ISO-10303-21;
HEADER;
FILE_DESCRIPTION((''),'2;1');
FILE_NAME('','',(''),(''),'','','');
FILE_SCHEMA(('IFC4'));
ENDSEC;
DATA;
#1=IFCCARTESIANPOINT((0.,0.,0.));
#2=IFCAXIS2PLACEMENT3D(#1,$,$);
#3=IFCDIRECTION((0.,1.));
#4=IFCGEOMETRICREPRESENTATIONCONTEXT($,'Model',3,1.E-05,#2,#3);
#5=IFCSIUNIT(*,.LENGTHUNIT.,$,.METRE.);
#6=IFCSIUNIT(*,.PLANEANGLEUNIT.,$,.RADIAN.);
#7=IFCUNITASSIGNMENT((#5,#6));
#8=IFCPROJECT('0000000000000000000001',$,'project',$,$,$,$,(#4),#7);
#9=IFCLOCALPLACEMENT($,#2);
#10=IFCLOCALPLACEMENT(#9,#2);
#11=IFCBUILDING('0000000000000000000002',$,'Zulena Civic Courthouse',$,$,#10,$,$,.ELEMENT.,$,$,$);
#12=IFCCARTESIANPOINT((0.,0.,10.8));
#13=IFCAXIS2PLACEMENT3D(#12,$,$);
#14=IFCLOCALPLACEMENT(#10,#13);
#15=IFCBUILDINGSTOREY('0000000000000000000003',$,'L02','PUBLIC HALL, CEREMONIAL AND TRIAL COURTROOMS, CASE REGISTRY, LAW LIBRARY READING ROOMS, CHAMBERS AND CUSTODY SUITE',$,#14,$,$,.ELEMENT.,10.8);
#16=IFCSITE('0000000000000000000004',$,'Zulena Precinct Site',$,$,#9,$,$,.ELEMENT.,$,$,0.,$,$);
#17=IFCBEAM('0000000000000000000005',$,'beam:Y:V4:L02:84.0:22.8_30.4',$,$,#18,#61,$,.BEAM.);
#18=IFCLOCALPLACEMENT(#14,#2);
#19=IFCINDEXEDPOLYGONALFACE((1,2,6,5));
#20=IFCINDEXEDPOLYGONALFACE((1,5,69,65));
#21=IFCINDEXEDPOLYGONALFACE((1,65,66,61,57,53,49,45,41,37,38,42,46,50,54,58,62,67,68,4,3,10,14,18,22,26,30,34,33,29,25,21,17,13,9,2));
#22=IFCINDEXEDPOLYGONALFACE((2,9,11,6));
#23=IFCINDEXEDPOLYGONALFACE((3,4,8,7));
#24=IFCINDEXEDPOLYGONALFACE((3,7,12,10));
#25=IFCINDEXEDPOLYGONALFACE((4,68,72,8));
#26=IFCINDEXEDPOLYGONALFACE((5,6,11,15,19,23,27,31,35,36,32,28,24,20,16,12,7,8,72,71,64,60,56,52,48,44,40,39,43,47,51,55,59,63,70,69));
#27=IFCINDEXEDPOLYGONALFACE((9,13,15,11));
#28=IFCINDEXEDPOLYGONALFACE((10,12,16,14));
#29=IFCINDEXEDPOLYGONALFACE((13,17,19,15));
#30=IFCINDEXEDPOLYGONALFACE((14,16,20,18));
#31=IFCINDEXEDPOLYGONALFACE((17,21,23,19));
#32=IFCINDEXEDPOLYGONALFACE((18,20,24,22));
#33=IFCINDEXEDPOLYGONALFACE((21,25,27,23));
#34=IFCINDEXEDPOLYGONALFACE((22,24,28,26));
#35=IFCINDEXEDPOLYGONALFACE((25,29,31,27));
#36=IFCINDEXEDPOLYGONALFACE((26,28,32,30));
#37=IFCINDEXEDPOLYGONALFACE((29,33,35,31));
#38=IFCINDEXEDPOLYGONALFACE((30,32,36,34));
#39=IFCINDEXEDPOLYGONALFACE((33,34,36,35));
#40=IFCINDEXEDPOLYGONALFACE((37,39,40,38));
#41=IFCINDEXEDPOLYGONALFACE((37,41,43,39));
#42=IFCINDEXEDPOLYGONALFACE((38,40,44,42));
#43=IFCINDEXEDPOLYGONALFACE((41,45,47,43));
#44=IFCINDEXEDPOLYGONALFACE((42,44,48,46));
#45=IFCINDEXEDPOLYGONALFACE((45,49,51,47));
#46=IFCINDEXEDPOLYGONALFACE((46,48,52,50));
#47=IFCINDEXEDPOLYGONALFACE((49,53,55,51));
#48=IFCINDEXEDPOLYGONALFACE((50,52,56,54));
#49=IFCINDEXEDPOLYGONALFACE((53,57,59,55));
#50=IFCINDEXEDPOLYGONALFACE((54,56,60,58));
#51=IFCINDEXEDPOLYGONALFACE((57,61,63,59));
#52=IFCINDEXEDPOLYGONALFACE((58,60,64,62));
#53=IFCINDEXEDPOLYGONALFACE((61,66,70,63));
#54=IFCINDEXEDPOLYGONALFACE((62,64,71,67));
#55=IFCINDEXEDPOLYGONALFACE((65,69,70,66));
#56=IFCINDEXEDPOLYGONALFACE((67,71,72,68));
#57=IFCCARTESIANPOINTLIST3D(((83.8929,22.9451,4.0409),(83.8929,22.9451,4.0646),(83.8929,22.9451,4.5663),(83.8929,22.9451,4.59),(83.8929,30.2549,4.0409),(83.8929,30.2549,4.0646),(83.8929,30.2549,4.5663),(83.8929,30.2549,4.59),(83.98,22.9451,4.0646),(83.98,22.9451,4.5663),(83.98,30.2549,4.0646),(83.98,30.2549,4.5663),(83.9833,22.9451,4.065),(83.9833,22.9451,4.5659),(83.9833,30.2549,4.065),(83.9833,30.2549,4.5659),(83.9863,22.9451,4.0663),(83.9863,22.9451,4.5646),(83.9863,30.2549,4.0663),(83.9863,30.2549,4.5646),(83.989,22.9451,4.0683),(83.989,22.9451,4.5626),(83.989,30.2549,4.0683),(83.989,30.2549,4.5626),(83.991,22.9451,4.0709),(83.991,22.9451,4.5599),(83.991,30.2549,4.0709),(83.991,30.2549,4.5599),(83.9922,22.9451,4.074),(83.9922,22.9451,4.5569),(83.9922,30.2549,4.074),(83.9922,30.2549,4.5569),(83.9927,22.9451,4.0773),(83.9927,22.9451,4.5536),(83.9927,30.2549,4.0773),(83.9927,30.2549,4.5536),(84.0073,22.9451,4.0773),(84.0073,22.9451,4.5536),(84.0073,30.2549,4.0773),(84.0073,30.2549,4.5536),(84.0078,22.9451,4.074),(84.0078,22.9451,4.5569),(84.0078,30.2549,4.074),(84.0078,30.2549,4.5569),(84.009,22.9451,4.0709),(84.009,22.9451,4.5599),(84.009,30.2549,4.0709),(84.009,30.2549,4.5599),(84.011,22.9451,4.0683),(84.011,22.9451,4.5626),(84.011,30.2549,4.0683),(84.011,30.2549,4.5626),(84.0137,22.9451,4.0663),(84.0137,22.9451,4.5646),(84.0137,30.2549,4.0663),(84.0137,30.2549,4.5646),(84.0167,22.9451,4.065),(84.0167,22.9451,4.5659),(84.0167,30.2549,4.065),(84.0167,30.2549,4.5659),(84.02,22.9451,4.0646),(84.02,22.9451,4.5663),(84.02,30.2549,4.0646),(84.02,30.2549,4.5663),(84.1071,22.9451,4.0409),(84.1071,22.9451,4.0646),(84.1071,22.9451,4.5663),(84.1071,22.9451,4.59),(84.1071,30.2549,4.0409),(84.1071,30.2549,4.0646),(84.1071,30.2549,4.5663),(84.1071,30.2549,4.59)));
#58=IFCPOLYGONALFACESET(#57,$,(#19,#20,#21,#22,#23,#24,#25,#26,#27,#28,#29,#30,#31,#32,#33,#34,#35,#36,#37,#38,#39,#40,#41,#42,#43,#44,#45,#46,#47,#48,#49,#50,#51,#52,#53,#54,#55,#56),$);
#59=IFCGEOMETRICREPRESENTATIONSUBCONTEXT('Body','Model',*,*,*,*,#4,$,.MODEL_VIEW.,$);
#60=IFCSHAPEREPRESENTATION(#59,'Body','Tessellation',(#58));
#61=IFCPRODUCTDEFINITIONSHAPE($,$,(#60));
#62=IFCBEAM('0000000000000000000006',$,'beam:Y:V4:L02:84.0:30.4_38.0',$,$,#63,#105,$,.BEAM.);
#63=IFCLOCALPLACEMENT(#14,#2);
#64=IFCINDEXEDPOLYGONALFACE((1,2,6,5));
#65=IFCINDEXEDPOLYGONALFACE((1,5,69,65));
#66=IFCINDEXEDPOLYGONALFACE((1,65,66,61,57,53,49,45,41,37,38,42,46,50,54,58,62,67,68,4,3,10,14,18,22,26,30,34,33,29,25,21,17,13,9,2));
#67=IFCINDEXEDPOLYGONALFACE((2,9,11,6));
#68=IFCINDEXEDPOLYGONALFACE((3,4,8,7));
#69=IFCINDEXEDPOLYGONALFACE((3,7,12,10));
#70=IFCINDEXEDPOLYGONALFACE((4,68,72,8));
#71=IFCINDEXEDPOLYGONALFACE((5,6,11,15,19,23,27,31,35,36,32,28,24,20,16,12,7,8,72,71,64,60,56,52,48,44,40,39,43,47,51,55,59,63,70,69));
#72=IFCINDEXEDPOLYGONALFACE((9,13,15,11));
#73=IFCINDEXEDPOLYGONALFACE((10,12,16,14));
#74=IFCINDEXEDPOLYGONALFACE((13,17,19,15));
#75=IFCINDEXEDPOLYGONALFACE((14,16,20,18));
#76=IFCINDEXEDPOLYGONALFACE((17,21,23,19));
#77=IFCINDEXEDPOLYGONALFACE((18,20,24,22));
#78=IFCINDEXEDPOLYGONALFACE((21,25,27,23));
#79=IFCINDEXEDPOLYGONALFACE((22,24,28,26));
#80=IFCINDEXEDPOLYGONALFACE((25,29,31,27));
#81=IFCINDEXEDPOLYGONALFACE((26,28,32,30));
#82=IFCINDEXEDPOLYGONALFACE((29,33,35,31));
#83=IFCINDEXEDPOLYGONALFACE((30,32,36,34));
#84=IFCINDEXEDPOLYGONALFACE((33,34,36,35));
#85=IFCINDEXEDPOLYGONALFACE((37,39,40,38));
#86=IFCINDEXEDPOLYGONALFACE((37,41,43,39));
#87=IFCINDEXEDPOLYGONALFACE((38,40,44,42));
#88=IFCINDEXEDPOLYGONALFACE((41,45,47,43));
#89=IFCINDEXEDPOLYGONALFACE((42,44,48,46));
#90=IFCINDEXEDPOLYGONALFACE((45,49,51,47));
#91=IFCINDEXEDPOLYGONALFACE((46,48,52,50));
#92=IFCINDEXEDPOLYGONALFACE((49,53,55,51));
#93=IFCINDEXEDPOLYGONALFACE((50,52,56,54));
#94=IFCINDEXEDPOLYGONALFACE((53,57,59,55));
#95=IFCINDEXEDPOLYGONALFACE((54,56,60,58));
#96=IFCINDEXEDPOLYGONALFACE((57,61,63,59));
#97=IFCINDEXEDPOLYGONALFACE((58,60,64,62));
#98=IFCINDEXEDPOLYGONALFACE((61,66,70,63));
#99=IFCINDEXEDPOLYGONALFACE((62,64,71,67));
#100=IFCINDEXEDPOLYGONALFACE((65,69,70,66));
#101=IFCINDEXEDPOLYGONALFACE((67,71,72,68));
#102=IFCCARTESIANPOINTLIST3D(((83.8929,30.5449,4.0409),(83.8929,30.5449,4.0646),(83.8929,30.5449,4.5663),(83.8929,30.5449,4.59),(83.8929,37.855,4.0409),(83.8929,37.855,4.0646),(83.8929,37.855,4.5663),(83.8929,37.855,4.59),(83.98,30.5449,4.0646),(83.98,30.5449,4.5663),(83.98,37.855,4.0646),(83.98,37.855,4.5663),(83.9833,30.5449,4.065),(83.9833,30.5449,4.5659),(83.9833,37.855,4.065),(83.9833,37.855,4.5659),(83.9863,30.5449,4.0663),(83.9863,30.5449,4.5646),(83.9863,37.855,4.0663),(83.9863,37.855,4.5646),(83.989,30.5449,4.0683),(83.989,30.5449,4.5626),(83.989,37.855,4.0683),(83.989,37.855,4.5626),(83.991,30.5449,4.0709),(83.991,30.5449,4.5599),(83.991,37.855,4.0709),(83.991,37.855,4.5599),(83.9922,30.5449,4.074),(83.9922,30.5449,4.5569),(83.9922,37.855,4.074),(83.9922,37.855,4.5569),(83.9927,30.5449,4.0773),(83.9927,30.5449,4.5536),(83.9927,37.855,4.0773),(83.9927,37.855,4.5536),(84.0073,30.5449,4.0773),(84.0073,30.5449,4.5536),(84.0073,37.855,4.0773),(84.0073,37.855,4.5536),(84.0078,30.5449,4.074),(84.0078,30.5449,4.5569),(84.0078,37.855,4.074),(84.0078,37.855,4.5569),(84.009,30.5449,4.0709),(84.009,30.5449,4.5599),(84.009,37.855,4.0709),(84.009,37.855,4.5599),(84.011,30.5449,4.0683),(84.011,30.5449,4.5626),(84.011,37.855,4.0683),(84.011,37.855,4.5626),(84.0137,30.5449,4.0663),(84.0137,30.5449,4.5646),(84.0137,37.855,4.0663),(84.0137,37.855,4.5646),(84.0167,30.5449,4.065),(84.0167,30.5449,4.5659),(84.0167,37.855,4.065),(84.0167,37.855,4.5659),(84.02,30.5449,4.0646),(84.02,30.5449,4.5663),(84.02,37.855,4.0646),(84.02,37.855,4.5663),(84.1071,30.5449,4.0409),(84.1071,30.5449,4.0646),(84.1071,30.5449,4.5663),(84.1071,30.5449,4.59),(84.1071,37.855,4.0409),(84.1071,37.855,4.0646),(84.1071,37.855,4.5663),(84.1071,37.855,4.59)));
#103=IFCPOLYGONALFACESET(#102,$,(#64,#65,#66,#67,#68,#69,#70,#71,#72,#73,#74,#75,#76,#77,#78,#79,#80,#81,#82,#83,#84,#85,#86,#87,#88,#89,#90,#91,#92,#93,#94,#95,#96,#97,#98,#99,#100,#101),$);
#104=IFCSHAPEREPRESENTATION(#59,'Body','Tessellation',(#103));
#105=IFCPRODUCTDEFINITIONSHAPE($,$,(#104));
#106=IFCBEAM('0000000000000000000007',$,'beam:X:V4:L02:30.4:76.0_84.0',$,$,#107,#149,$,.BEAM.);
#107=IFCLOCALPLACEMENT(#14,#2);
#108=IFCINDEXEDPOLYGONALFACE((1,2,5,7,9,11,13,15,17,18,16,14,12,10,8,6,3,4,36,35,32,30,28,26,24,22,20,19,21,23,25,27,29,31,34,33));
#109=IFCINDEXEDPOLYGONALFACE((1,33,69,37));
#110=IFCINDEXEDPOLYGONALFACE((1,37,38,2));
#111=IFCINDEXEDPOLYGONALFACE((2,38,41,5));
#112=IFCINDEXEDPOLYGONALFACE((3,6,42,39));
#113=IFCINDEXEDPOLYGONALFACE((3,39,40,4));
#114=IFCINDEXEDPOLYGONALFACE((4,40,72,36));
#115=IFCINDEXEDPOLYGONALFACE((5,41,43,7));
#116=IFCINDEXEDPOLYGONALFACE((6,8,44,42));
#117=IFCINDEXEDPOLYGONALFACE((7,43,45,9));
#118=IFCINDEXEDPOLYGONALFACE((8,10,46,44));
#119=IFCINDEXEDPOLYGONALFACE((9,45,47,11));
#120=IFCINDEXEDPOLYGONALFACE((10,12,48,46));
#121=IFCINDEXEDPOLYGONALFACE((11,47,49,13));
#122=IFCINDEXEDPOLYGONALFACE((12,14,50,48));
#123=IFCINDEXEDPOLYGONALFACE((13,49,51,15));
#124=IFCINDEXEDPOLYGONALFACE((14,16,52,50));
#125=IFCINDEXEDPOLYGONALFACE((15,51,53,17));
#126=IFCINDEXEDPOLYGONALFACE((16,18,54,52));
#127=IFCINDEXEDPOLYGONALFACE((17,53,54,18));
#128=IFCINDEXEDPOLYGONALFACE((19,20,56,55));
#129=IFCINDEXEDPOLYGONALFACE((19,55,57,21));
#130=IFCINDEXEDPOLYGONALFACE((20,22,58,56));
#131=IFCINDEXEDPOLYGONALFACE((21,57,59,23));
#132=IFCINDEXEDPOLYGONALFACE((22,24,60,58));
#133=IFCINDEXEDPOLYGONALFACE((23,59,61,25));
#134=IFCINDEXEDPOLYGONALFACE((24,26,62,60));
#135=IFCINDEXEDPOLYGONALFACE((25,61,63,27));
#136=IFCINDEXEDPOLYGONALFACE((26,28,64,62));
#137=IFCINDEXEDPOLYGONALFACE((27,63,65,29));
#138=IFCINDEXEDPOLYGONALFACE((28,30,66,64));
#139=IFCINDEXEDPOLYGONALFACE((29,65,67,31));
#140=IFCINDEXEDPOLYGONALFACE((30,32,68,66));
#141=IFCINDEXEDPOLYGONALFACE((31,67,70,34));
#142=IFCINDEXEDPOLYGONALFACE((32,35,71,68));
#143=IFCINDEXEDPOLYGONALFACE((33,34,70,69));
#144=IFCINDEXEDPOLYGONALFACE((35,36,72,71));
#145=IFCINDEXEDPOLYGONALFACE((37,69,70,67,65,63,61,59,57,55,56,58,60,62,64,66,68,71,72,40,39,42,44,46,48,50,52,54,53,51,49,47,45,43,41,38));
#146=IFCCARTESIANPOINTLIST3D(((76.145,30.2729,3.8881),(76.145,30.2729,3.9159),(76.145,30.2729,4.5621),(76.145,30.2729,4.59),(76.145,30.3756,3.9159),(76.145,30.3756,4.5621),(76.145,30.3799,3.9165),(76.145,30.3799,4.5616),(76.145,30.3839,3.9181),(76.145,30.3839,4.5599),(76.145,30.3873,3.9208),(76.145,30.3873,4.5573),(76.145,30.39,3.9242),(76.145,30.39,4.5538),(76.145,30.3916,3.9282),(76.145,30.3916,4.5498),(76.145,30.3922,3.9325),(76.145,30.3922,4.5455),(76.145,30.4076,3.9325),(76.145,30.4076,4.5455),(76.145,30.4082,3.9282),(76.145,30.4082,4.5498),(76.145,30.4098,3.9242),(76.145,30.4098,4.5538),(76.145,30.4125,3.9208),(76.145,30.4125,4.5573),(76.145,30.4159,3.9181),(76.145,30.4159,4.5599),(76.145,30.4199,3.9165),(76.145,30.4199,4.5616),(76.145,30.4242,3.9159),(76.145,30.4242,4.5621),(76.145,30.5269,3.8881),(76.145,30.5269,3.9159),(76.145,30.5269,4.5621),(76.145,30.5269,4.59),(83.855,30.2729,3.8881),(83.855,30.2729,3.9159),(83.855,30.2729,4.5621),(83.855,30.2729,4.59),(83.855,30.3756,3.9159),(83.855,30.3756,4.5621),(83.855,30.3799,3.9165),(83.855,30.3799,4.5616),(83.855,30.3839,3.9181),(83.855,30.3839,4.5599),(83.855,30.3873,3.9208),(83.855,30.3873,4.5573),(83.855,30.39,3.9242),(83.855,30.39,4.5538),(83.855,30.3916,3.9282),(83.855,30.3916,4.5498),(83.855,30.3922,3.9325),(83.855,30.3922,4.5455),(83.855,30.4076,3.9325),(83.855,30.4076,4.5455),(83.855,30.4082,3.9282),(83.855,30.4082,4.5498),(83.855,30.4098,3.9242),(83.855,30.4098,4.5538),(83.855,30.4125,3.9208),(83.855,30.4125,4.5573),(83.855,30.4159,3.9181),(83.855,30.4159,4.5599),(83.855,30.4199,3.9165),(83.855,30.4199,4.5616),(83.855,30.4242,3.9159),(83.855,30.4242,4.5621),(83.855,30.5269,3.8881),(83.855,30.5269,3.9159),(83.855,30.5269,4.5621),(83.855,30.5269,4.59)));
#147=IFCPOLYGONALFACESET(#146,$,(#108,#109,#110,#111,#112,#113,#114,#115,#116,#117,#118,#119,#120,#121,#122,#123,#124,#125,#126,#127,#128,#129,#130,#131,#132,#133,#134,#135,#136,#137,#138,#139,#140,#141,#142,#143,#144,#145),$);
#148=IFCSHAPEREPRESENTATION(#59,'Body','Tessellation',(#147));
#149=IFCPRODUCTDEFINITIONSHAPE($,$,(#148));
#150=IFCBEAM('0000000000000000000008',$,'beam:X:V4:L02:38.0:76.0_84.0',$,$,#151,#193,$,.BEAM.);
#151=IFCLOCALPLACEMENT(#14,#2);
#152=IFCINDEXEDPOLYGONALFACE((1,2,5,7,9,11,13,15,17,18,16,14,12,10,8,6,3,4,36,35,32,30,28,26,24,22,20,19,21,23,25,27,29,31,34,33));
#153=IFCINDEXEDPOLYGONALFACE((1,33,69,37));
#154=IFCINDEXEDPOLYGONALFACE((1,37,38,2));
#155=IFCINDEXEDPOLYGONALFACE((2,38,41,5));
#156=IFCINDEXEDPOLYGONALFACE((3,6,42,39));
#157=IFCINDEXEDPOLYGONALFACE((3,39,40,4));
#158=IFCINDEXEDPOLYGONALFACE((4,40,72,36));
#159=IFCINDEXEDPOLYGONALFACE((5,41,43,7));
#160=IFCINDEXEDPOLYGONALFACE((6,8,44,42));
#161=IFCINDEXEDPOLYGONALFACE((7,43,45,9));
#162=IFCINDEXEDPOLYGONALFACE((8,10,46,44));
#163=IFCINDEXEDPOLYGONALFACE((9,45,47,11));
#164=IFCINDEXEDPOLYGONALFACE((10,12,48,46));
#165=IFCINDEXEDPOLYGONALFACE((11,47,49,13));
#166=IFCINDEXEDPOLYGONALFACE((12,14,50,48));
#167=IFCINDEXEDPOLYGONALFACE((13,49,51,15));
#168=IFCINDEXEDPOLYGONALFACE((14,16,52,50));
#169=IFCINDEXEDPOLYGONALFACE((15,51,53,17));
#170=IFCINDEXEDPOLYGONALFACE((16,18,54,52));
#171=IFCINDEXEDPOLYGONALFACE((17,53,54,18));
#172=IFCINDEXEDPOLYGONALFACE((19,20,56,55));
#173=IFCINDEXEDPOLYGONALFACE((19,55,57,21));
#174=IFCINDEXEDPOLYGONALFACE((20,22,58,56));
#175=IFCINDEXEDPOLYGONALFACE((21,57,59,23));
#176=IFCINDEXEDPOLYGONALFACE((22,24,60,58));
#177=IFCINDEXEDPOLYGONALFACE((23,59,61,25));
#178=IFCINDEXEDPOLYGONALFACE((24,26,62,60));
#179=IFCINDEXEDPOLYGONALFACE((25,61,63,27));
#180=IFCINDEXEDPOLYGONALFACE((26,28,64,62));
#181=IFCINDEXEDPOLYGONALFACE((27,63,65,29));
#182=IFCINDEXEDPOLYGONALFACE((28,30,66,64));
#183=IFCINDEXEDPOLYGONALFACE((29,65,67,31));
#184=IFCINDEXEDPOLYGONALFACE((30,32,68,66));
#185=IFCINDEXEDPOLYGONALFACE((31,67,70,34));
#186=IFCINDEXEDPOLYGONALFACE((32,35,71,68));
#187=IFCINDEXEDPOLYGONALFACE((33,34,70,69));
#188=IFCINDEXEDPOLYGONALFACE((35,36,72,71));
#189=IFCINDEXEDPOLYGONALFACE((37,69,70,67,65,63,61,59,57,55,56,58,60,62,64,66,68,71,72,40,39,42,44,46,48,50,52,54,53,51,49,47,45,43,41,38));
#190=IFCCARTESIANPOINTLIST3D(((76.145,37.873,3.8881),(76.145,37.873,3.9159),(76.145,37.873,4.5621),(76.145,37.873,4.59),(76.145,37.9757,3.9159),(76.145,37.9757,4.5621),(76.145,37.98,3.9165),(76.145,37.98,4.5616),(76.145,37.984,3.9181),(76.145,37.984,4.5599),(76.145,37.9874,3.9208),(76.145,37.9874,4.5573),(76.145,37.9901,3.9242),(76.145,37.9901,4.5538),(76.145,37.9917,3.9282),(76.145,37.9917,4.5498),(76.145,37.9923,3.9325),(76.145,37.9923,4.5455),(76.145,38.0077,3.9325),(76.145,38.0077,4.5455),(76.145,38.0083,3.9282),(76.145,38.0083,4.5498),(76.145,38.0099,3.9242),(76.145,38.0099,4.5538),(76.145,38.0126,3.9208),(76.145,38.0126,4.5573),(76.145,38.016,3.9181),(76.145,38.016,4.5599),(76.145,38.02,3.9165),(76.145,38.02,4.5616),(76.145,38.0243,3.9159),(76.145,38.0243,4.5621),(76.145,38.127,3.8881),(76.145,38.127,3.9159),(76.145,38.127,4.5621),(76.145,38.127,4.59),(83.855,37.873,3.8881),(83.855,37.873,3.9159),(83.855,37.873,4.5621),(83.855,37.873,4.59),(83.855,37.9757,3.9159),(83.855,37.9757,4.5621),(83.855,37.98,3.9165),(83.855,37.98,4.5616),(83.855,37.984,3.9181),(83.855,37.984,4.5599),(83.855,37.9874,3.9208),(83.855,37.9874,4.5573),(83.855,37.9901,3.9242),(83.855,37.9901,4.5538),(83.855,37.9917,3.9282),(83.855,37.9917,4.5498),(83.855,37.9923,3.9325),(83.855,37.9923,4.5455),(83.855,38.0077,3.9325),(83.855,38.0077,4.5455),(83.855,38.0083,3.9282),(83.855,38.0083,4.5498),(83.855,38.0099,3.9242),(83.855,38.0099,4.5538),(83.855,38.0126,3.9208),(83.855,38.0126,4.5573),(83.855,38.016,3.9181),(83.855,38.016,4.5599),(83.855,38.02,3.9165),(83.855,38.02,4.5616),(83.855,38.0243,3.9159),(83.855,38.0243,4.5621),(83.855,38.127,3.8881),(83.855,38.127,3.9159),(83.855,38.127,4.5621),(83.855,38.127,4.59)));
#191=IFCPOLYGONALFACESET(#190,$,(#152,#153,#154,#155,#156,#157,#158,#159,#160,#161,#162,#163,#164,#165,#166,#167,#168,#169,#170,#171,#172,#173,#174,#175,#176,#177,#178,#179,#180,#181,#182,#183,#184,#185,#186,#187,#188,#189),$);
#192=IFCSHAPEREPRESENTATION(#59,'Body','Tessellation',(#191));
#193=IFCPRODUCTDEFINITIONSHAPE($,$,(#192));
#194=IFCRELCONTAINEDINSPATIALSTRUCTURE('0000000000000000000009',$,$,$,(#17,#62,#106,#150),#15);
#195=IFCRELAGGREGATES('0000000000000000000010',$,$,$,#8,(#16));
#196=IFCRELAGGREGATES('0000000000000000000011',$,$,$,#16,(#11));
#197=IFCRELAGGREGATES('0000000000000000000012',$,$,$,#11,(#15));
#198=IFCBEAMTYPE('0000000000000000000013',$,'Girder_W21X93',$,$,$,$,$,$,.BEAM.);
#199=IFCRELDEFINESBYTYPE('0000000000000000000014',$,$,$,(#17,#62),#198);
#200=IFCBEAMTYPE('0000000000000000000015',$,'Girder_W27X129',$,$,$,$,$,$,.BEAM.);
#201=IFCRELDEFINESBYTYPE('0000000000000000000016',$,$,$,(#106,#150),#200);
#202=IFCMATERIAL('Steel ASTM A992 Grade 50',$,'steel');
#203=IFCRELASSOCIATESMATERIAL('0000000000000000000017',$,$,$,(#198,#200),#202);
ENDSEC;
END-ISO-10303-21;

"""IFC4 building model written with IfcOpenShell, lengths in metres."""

from ifc_helpers import new_model, si_unit, direction, frame, origin, origin_2d, place, context, subcontext, project, spatial, i_section, extrude, material, material_profile, profile_set, type_object, element, save


model = new_model("IFC4")

# Units and contexts
model_context = context("Model", 3, precision=1e-05, world=origin(), true_north=direction((0.0, 1.0)))
body_context = subcontext(model_context, "Body", "Model", "MODEL_VIEW")
ifc_project = project(units=[si_unit("LENGTHUNIT", "METRE"), si_unit("PLANEANGLEUNIT", "RADIAN")], contexts=[model_context])

# Site, building, storey
site_placement = place(None, origin())
site = spatial("IfcSite", under=ifc_project, at=site_placement, Name="Zulena Precinct Site", CompositionType="ELEMENT", RefElevation=0.0)
building_placement = place(site_placement, origin())
building = spatial("IfcBuilding", under=site, at=building_placement, Name="Zulena Civic Courthouse", CompositionType="ELEMENT")
storey_placement = place(building_placement, frame((0.0, 0.0, 10.8)))
storey = spatial("IfcBuildingStorey", under=building, at=storey_placement, Name="L02", Description="PUBLIC HALL, CEREMONIAL AND TRIAL COURTROOMS, CASE REGISTRY, LAW LIBRARY READING ROOMS, CHAMBERS AND CUSTODY SUITE", CompositionType="ELEMENT", Elevation=10.8)

# Shared definitions
ifc_material_1 = material(Name="Steel ASTM A992 Grade 50", Category="steel")

# Beams
ifc_material_profile_1 = material_profile(ifc_material_1, i_section(OverallWidth=0.2141, OverallDepth=0.5491, WebThickness=0.0146, FlangeThickness=0.0237, FilletRadius=0.0127, at=origin_2d()), Name="W21X93")
ifc_profile_set_1 = profile_set([ifc_material_profile_1], Name="Steel ASTM A992 Grade 50")
beam_type_1 = type_object("IfcBeamType", Name="Girder_W21X93", PredefinedType="BEAM", material=ifc_profile_set_1)
beam_1_placement = place(storey_placement, frame((84.0, 22.9451, 4.3154), z_axis=(0.0, 1.0, 0.0), x_axis=(-1.0, 0.0, 0.0)))
element("IfcBeam", 1, at=beam_1_placement, inside=storey, type_object=beam_type_1, Name="beam:Y:V4:L02:84.0:22.8_30.4", PredefinedType="BEAM", context=body_context, shape_type="SweptSolid", body=[
    extrude(i_section(OverallWidth=0.2141, OverallDepth=0.5491, WebThickness=0.0146, FlangeThickness=0.0237, FilletRadius=0.0127, at=origin_2d()), origin(), (0.0, 0.0, 1.0), 7.3098),
])
beam_2_placement = place(storey_placement, frame((84.0, 30.5449, 4.3154), z_axis=(0.0, 1.0, 0.0), x_axis=(-1.0, 0.0, 0.0)))
element("IfcBeam", 2, at=beam_2_placement, inside=storey, type_object=beam_type_1, Name="beam:Y:V4:L02:84.0:30.4_38.0", PredefinedType="BEAM", context=body_context, shape_type="SweptSolid", body=[
    extrude(i_section(OverallWidth=0.2141, OverallDepth=0.5491, WebThickness=0.0146, FlangeThickness=0.0237, FilletRadius=0.0127, at=origin_2d()), origin(), (0.0, 0.0, 1.0), 7.3101),
])
ifc_material_profile_2 = material_profile(ifc_material_1, i_section(OverallWidth=0.2539, OverallDepth=0.7019, WebThickness=0.0154, FlangeThickness=0.0278, FilletRadius=0.0166, at=origin_2d()), Name="W27X129")
ifc_profile_set_2 = profile_set([ifc_material_profile_2], Name="Steel ASTM A992 Grade 50")
beam_type_2 = type_object("IfcBeamType", Name="Girder_W27X129", PredefinedType="BEAM", material=ifc_profile_set_2)
for number, where, z_axis, x_axis, name in (
    (3, (76.145, 30.3999, 4.239), (1.0, 0.0, 0.0), (0.0, 1.0, 0.0), "beam:X:V4:L02:30.4:76.0_84.0"),
    (4, (76.145, 38.0, 4.239), (1.0, 0.0, 0.0), (0.0, 1.0, 0.0), "beam:X:V4:L02:38.0:76.0_84.0"),
):
    element("IfcBeam", number, at=place(storey_placement, frame(where, z_axis=z_axis, x_axis=x_axis)), inside=storey, type_object=beam_type_2, Name=name, PredefinedType="BEAM", context=body_context, shape_type="SweptSolid", body=[
        extrude(i_section(OverallWidth=0.2539, OverallDepth=0.7019, WebThickness=0.0154, FlangeThickness=0.0278, FilletRadius=0.0166, at=origin_2d()), origin(), (0.0, 0.0, 1.0), 7.71),
    ])

save(model, "model.ifc")
